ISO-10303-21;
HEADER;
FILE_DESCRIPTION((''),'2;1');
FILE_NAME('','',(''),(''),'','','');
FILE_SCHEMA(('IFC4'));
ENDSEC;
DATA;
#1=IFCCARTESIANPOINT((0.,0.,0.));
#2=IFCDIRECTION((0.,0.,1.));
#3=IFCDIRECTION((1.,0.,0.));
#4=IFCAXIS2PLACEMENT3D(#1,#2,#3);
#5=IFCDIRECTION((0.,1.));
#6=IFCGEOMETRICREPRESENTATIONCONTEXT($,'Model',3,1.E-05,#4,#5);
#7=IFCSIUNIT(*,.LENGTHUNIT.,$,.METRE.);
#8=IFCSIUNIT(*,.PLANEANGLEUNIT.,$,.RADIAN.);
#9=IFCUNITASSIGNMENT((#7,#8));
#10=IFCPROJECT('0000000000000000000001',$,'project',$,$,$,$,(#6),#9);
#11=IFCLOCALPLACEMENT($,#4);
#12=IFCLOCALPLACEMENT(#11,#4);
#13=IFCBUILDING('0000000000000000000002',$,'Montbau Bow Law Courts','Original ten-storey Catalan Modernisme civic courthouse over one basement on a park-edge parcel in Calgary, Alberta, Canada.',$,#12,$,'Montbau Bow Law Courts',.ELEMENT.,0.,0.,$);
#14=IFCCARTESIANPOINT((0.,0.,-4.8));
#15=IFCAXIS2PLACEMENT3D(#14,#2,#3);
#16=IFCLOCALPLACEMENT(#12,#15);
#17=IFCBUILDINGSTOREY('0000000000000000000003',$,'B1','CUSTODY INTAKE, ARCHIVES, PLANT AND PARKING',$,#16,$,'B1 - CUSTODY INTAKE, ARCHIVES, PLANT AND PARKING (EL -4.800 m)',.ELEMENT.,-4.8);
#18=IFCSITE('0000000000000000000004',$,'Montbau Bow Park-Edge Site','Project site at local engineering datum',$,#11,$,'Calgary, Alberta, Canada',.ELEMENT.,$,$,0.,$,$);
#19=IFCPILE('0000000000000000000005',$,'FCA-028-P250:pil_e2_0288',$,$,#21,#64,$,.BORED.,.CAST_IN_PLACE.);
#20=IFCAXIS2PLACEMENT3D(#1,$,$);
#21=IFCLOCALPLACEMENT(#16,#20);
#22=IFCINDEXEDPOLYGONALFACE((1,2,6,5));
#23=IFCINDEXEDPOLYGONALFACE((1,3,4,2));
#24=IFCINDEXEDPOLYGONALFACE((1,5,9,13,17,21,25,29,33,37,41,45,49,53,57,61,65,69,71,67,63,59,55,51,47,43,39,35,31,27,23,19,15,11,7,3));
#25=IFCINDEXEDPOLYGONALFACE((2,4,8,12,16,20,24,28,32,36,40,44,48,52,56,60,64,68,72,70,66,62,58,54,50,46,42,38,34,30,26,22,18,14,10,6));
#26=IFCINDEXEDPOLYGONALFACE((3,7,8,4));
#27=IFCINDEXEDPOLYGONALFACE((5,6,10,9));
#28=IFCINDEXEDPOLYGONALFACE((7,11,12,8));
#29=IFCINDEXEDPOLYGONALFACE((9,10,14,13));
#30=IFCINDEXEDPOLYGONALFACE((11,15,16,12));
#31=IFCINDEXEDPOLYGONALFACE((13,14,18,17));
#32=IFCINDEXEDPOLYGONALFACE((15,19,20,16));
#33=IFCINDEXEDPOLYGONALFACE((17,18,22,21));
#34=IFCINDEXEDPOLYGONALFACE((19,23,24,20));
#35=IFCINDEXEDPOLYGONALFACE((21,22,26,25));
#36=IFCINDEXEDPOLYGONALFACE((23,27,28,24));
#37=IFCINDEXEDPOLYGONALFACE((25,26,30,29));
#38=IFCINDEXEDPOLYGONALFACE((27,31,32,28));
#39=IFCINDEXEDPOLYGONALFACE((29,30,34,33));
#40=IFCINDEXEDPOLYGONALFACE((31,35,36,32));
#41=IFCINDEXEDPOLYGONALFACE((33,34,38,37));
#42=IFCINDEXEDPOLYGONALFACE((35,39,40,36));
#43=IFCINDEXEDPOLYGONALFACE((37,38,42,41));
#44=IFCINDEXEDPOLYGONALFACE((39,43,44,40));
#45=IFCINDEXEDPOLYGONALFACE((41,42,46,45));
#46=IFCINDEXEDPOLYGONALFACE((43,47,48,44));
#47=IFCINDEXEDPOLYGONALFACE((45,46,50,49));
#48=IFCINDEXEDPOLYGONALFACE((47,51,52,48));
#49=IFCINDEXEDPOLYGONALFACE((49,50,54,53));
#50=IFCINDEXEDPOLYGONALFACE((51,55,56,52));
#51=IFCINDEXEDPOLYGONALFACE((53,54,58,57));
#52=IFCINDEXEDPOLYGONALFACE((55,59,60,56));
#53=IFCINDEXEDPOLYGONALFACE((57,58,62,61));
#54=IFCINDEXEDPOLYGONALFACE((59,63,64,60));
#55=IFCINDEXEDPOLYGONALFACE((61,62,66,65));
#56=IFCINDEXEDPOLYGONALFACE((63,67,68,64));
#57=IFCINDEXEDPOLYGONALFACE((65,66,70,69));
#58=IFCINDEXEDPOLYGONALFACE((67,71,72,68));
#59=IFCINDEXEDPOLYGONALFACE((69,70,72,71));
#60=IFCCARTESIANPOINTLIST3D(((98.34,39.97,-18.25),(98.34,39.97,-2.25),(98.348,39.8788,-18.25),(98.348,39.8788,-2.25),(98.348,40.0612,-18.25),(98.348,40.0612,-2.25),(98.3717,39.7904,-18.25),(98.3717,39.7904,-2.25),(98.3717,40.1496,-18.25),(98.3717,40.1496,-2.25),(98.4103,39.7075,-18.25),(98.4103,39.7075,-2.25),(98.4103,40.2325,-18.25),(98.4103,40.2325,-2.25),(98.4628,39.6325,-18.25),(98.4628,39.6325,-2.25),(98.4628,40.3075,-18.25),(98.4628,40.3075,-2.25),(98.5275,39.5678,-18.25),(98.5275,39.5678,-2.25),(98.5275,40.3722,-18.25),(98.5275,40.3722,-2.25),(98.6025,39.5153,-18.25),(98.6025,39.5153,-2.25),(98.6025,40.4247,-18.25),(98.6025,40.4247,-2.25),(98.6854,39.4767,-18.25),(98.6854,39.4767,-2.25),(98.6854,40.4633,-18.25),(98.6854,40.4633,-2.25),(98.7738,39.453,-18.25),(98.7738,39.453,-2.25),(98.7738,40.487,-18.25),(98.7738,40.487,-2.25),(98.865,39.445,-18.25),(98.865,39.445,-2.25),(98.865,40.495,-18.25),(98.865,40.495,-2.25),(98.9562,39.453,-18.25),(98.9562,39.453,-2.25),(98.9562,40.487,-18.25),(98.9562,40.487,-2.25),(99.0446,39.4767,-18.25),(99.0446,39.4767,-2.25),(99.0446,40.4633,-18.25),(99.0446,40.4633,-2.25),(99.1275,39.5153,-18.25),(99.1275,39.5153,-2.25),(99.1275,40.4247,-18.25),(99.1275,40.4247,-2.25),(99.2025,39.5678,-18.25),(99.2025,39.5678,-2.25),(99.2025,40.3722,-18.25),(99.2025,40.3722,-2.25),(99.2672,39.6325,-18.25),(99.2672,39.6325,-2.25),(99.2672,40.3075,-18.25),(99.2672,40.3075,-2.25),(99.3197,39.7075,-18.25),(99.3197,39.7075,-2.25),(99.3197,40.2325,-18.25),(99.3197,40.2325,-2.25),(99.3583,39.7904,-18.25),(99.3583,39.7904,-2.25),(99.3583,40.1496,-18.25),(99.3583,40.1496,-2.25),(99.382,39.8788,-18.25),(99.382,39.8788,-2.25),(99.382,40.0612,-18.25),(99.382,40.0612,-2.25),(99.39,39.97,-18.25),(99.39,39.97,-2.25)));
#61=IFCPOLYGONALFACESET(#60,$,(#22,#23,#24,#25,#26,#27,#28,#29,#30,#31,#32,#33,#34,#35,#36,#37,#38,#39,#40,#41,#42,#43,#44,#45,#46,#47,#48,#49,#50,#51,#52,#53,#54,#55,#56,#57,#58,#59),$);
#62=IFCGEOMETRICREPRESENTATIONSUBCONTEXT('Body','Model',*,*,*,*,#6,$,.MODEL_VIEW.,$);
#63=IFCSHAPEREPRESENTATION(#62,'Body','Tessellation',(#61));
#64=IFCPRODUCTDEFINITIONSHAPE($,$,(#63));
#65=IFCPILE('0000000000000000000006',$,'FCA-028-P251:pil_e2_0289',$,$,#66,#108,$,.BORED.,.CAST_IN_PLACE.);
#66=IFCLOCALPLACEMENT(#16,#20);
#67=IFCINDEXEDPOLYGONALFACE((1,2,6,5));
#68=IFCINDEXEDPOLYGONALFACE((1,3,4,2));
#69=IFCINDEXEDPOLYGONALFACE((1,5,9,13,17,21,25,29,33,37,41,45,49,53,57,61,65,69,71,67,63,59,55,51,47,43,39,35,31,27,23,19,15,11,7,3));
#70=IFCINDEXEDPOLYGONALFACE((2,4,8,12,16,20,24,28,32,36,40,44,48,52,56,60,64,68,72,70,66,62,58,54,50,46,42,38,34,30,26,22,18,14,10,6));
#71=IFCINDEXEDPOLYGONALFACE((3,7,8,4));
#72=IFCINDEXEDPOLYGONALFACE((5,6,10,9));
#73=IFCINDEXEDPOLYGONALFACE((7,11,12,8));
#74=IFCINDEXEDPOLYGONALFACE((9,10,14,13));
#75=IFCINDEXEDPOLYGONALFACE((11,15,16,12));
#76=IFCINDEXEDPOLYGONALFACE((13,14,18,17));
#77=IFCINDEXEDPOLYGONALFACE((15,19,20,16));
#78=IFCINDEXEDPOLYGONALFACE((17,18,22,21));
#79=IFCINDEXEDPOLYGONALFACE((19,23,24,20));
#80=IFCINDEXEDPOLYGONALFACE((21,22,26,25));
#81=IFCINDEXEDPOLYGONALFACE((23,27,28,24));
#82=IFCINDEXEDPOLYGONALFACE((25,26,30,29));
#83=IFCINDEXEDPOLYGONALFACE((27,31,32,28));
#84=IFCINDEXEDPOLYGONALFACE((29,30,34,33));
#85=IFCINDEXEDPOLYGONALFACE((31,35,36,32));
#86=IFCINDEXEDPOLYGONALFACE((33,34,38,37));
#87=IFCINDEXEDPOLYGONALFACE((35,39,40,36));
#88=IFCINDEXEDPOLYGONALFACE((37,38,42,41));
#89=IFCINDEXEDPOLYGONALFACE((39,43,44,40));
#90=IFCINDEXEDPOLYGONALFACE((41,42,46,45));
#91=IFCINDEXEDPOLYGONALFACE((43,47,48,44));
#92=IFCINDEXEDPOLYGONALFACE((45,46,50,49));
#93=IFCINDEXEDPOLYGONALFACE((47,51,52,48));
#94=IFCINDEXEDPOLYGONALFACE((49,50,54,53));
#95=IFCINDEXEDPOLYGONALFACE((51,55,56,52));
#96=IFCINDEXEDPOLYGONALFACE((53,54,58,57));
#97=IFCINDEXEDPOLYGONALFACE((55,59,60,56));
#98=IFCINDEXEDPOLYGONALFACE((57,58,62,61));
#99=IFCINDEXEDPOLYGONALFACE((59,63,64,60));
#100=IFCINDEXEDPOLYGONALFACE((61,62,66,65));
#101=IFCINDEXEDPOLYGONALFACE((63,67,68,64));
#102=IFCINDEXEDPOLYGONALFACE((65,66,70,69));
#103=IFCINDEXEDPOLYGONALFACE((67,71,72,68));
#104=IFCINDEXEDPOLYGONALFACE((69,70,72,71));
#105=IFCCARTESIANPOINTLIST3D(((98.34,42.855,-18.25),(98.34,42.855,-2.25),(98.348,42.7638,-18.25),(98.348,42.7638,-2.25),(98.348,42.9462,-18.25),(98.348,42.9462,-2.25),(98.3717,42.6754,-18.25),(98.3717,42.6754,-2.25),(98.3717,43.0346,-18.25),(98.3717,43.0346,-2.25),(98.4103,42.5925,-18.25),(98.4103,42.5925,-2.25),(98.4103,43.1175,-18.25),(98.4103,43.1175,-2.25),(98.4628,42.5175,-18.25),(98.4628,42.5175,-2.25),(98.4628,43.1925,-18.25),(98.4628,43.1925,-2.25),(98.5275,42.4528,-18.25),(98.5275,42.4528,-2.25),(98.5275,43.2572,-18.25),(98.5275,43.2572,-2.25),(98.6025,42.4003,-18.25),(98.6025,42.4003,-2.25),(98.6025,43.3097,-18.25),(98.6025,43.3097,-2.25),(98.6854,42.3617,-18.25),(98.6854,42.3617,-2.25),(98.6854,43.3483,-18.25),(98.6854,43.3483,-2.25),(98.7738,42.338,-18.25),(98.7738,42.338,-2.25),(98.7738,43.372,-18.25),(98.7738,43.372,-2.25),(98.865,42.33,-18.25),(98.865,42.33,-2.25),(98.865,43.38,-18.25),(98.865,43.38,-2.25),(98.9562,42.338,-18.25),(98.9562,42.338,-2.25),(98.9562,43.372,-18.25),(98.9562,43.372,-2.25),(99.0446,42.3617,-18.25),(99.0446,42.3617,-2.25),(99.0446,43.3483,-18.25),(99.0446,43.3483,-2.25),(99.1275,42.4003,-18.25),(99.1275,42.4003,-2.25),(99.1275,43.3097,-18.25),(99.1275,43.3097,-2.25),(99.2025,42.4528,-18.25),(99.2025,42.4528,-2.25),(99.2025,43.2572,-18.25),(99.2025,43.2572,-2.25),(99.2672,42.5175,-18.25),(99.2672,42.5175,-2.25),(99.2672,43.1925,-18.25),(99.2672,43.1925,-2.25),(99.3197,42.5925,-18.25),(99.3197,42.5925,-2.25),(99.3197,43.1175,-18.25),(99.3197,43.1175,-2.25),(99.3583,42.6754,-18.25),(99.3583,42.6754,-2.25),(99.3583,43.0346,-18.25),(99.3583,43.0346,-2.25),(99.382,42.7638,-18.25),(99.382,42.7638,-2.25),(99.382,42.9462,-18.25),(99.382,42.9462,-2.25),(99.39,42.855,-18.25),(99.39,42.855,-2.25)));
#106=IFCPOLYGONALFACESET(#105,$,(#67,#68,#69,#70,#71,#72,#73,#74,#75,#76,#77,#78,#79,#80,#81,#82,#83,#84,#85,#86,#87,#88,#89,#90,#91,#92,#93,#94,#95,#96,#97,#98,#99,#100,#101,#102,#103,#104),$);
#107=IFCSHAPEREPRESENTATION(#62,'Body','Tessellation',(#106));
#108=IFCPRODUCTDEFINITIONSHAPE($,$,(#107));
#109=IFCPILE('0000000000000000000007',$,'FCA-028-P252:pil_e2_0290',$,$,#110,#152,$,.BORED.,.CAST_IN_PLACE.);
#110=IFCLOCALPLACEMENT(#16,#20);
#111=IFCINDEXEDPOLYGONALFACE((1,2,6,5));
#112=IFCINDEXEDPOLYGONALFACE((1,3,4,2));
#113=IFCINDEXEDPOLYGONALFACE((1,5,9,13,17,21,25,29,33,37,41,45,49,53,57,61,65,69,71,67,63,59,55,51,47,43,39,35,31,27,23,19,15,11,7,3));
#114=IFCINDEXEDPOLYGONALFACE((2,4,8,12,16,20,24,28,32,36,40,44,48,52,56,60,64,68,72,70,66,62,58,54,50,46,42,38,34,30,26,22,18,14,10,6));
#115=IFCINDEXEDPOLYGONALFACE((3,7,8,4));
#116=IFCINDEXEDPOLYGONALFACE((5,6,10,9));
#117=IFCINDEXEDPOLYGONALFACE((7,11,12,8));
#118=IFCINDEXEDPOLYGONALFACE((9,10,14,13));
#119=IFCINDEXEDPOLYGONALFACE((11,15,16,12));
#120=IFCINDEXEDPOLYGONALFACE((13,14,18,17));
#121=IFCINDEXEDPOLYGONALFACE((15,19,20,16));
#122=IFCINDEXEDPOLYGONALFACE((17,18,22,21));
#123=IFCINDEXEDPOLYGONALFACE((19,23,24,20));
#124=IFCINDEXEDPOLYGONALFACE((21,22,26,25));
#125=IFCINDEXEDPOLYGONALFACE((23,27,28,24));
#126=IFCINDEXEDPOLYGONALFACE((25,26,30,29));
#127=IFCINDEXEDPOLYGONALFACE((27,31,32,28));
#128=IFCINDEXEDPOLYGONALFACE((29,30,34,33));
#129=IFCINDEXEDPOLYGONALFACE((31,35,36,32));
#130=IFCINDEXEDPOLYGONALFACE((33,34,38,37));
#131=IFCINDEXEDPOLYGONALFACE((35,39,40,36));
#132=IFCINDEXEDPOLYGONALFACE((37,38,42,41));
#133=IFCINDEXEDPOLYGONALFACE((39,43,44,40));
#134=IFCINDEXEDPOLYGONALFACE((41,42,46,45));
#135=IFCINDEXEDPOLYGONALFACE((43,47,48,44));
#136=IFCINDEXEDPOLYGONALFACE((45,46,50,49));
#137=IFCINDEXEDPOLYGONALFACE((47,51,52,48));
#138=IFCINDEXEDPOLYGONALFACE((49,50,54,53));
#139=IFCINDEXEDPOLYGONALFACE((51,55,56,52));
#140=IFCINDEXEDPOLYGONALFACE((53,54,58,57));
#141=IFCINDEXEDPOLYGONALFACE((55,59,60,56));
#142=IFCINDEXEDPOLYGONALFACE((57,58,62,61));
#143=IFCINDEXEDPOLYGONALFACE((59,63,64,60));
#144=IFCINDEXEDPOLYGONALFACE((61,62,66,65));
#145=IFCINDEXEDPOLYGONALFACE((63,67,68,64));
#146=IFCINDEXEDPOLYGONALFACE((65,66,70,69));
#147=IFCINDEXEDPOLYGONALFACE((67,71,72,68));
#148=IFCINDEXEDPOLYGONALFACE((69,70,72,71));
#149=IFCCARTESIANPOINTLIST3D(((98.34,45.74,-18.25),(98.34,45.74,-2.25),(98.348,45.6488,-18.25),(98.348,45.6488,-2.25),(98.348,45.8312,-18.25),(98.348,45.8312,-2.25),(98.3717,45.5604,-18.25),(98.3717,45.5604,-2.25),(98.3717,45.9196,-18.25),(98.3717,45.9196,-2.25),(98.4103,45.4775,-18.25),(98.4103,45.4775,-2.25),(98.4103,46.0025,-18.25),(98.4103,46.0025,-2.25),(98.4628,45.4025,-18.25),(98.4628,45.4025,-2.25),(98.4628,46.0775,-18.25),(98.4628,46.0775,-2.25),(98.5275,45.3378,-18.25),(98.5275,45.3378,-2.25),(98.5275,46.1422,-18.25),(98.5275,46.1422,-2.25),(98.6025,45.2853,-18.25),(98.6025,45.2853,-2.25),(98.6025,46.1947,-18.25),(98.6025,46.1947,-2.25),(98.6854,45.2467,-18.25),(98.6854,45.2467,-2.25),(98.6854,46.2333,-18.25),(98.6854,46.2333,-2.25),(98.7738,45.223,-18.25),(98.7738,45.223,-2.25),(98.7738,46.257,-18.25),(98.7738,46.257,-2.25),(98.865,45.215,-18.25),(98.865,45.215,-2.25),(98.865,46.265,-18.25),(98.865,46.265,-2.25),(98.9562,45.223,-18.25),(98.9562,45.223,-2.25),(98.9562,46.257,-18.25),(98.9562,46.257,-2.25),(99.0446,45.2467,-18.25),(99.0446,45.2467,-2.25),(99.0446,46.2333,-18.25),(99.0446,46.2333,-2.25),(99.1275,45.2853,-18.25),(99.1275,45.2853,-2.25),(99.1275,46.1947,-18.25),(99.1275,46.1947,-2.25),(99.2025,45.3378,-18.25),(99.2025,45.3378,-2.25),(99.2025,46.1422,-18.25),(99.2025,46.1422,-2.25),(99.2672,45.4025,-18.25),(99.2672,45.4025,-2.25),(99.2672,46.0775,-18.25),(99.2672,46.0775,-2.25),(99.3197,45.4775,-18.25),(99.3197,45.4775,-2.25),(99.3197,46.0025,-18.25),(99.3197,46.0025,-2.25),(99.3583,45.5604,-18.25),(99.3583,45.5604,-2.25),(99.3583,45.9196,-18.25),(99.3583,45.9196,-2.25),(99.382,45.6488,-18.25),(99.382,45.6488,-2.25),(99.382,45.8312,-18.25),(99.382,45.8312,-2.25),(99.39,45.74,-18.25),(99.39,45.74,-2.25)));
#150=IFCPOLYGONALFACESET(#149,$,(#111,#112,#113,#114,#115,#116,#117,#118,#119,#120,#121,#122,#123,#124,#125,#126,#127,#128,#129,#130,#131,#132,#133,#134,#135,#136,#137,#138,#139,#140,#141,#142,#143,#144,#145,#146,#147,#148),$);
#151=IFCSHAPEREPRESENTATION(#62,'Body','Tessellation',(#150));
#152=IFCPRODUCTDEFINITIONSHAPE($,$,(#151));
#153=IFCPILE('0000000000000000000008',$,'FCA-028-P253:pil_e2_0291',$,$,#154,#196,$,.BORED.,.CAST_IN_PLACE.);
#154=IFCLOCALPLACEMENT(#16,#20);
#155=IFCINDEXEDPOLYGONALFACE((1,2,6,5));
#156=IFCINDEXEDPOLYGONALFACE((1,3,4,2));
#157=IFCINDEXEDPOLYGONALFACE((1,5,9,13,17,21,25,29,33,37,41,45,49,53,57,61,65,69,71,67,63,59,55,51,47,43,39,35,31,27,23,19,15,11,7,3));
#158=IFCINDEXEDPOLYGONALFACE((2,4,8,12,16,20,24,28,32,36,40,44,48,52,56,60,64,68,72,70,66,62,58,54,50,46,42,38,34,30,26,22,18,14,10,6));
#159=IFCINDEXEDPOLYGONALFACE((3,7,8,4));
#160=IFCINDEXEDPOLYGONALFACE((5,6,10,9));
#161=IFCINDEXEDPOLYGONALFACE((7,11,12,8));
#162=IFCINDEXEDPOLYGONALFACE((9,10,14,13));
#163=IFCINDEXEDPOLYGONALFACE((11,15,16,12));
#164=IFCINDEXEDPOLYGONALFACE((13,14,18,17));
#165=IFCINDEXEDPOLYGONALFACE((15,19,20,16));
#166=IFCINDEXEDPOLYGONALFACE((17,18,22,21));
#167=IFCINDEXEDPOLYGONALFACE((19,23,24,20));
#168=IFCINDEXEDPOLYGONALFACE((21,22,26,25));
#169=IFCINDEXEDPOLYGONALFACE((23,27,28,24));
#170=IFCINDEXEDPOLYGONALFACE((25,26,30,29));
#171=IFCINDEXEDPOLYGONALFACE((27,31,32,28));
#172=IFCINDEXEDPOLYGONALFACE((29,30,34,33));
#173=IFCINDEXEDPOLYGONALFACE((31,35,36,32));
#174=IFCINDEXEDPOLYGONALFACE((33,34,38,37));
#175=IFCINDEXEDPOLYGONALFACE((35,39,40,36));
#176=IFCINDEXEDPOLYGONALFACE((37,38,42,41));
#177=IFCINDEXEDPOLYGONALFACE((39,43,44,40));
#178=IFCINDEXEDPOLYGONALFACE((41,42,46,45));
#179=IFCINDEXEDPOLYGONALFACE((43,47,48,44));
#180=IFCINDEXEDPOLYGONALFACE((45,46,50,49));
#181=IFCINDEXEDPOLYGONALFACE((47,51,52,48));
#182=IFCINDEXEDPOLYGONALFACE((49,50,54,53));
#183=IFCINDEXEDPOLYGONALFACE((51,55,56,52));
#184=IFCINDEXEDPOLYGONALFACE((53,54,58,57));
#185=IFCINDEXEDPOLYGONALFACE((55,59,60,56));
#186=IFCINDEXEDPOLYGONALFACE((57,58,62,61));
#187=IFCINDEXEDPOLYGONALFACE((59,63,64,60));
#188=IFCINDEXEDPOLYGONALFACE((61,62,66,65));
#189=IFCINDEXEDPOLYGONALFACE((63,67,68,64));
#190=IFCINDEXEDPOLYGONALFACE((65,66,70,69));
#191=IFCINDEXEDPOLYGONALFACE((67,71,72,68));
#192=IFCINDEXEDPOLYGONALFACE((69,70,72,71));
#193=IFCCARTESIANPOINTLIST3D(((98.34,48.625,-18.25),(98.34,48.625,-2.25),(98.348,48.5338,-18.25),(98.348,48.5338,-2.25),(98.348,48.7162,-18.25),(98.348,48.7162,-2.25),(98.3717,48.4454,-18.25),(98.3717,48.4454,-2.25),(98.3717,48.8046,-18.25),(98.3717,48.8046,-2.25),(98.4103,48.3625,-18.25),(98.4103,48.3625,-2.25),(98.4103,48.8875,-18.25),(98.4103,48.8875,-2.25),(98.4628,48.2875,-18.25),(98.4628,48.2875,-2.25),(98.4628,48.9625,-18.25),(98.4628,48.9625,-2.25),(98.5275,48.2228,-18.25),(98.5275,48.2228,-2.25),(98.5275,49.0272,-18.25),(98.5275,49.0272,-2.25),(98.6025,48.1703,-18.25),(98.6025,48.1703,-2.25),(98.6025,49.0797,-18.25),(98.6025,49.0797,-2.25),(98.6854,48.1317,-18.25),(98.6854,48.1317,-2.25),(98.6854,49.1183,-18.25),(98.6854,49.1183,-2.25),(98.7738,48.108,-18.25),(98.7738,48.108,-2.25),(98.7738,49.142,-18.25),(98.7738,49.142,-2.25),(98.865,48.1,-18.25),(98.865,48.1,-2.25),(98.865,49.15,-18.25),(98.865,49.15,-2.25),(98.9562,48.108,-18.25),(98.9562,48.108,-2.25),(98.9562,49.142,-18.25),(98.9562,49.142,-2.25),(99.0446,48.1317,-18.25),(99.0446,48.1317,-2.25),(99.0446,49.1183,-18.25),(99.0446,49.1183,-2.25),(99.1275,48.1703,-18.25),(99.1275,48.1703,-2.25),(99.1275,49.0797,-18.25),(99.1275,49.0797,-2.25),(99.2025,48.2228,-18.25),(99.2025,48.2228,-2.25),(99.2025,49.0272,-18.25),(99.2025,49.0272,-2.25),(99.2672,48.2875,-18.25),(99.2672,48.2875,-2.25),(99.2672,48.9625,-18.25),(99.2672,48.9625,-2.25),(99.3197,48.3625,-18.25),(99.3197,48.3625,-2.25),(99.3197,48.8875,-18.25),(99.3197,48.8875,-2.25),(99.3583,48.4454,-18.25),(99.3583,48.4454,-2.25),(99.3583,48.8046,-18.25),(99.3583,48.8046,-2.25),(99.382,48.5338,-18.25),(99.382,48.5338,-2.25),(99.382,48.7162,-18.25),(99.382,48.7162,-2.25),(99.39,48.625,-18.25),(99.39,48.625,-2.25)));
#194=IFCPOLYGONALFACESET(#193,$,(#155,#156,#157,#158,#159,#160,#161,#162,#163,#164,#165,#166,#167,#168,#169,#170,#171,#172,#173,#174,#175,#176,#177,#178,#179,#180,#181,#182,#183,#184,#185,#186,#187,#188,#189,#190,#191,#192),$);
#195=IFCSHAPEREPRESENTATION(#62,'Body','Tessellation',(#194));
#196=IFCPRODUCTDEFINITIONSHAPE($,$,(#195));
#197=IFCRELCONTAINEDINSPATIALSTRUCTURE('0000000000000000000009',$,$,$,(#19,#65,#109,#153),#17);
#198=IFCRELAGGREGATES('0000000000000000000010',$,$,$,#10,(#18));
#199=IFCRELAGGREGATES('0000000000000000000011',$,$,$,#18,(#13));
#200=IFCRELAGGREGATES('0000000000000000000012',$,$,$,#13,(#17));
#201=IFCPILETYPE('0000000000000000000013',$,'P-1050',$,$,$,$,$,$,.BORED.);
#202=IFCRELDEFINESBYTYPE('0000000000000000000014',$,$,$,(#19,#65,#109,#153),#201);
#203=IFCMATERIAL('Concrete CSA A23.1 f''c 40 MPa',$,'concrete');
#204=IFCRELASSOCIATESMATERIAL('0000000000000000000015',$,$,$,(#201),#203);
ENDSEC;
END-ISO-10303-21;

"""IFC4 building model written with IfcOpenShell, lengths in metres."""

from ifc_helpers import new_model, si_unit, direction, frame, origin_with_axes, origin_2d_with_axis, place, context, subcontext, project, spatial, circle, extrude, material, material_profile, profile_set, type_object, element, save


model = new_model("IFC4")

# Units and contexts
model_context = context("Model", 3, precision=1e-05, world=origin_with_axes(), true_north=direction((0.0, 1.0)))
body_context = subcontext(model_context, "Body", "Model", "MODEL_VIEW")
ifc_project = project(units=[si_unit("LENGTHUNIT", "METRE"), si_unit("PLANEANGLEUNIT", "RADIAN")], contexts=[model_context])

# Site, building, storey
site_placement = place(None, origin_with_axes())
site = spatial("IfcSite", under=ifc_project, at=site_placement, Name="Montbau Bow Park-Edge Site", Description="Project site at local engineering datum", LongName="Calgary, Alberta, Canada", CompositionType="ELEMENT", RefElevation=0.0)
building_placement = place(site_placement, origin_with_axes())
building = spatial("IfcBuilding", under=site, at=building_placement, Name="Montbau Bow Law Courts", Description="Original ten-storey Catalan Modernisme civic courthouse over one basement on a park-edge parcel in Calgary, Alberta, Canada.", LongName="Montbau Bow Law Courts", CompositionType="ELEMENT", ElevationOfRefHeight=0.0, ElevationOfTerrain=0.0)
storey_placement = place(building_placement, frame((0.0, 0.0, -4.8), z_axis=(0.0, 0.0, 1.0), x_axis=(1.0, 0.0, 0.0)))
storey = spatial("IfcBuildingStorey", under=building, at=storey_placement, Name="B1", Description="CUSTODY INTAKE, ARCHIVES, PLANT AND PARKING", LongName="B1 - CUSTODY INTAKE, ARCHIVES, PLANT AND PARKING (EL -4.800 m)", CompositionType="ELEMENT", Elevation=-4.8)

# Piles
ifc_material = material(Name="Concrete CSA A23.1 f'c 40 MPa", Category="concrete")
ifc_material_profile = material_profile(ifc_material, circle(Radius=0.525, at=origin_2d_with_axis()), Name="BP1050", Category="Main", Priority=0)
ifc_profile_set = profile_set([ifc_material_profile], Name="Concrete CSA A23.1 f'c 40 MPa")
pile_type = type_object("IfcPileType", Name="P-1050", PredefinedType="BORED", material=ifc_profile_set)
for number, where, z_axis, x_axis, name in (
    (1, (98.865, 39.97, -23.05), (0.0, 0.0, 1.0), (1.0, 0.0, 0.0), "FCA-028-P250:pil_e2_0288"),
    (2, (98.865, 42.855, -23.05), (0.0, 0.0, 1.0), (1.0, 0.0, 0.0), "FCA-028-P251:pil_e2_0289"),
    (3, (98.865, 45.74, -23.05), (0.0, 0.0, 1.0), (1.0, 0.0, 0.0), "FCA-028-P252:pil_e2_0290"),
    (4, (98.865, 48.625, -23.05), (0.0, 0.0, 1.0), (1.0, 0.0, 0.0), "FCA-028-P253:pil_e2_0291"),
):
    element("IfcPile", number, at=place(None, frame(where, z_axis=z_axis, x_axis=x_axis)), inside=storey, type_object=pile_type, Name=name, ConstructionType="CAST_IN_PLACE", PredefinedType="BORED", context=body_context, shape_type="SweptSolid", body=[
        extrude(circle(Radius=0.525, at=origin_2d_with_axis()), origin_with_axes(), (0.0, 0.0, 1.0), 16.0),
    ])

save(model, "model.ifc")
